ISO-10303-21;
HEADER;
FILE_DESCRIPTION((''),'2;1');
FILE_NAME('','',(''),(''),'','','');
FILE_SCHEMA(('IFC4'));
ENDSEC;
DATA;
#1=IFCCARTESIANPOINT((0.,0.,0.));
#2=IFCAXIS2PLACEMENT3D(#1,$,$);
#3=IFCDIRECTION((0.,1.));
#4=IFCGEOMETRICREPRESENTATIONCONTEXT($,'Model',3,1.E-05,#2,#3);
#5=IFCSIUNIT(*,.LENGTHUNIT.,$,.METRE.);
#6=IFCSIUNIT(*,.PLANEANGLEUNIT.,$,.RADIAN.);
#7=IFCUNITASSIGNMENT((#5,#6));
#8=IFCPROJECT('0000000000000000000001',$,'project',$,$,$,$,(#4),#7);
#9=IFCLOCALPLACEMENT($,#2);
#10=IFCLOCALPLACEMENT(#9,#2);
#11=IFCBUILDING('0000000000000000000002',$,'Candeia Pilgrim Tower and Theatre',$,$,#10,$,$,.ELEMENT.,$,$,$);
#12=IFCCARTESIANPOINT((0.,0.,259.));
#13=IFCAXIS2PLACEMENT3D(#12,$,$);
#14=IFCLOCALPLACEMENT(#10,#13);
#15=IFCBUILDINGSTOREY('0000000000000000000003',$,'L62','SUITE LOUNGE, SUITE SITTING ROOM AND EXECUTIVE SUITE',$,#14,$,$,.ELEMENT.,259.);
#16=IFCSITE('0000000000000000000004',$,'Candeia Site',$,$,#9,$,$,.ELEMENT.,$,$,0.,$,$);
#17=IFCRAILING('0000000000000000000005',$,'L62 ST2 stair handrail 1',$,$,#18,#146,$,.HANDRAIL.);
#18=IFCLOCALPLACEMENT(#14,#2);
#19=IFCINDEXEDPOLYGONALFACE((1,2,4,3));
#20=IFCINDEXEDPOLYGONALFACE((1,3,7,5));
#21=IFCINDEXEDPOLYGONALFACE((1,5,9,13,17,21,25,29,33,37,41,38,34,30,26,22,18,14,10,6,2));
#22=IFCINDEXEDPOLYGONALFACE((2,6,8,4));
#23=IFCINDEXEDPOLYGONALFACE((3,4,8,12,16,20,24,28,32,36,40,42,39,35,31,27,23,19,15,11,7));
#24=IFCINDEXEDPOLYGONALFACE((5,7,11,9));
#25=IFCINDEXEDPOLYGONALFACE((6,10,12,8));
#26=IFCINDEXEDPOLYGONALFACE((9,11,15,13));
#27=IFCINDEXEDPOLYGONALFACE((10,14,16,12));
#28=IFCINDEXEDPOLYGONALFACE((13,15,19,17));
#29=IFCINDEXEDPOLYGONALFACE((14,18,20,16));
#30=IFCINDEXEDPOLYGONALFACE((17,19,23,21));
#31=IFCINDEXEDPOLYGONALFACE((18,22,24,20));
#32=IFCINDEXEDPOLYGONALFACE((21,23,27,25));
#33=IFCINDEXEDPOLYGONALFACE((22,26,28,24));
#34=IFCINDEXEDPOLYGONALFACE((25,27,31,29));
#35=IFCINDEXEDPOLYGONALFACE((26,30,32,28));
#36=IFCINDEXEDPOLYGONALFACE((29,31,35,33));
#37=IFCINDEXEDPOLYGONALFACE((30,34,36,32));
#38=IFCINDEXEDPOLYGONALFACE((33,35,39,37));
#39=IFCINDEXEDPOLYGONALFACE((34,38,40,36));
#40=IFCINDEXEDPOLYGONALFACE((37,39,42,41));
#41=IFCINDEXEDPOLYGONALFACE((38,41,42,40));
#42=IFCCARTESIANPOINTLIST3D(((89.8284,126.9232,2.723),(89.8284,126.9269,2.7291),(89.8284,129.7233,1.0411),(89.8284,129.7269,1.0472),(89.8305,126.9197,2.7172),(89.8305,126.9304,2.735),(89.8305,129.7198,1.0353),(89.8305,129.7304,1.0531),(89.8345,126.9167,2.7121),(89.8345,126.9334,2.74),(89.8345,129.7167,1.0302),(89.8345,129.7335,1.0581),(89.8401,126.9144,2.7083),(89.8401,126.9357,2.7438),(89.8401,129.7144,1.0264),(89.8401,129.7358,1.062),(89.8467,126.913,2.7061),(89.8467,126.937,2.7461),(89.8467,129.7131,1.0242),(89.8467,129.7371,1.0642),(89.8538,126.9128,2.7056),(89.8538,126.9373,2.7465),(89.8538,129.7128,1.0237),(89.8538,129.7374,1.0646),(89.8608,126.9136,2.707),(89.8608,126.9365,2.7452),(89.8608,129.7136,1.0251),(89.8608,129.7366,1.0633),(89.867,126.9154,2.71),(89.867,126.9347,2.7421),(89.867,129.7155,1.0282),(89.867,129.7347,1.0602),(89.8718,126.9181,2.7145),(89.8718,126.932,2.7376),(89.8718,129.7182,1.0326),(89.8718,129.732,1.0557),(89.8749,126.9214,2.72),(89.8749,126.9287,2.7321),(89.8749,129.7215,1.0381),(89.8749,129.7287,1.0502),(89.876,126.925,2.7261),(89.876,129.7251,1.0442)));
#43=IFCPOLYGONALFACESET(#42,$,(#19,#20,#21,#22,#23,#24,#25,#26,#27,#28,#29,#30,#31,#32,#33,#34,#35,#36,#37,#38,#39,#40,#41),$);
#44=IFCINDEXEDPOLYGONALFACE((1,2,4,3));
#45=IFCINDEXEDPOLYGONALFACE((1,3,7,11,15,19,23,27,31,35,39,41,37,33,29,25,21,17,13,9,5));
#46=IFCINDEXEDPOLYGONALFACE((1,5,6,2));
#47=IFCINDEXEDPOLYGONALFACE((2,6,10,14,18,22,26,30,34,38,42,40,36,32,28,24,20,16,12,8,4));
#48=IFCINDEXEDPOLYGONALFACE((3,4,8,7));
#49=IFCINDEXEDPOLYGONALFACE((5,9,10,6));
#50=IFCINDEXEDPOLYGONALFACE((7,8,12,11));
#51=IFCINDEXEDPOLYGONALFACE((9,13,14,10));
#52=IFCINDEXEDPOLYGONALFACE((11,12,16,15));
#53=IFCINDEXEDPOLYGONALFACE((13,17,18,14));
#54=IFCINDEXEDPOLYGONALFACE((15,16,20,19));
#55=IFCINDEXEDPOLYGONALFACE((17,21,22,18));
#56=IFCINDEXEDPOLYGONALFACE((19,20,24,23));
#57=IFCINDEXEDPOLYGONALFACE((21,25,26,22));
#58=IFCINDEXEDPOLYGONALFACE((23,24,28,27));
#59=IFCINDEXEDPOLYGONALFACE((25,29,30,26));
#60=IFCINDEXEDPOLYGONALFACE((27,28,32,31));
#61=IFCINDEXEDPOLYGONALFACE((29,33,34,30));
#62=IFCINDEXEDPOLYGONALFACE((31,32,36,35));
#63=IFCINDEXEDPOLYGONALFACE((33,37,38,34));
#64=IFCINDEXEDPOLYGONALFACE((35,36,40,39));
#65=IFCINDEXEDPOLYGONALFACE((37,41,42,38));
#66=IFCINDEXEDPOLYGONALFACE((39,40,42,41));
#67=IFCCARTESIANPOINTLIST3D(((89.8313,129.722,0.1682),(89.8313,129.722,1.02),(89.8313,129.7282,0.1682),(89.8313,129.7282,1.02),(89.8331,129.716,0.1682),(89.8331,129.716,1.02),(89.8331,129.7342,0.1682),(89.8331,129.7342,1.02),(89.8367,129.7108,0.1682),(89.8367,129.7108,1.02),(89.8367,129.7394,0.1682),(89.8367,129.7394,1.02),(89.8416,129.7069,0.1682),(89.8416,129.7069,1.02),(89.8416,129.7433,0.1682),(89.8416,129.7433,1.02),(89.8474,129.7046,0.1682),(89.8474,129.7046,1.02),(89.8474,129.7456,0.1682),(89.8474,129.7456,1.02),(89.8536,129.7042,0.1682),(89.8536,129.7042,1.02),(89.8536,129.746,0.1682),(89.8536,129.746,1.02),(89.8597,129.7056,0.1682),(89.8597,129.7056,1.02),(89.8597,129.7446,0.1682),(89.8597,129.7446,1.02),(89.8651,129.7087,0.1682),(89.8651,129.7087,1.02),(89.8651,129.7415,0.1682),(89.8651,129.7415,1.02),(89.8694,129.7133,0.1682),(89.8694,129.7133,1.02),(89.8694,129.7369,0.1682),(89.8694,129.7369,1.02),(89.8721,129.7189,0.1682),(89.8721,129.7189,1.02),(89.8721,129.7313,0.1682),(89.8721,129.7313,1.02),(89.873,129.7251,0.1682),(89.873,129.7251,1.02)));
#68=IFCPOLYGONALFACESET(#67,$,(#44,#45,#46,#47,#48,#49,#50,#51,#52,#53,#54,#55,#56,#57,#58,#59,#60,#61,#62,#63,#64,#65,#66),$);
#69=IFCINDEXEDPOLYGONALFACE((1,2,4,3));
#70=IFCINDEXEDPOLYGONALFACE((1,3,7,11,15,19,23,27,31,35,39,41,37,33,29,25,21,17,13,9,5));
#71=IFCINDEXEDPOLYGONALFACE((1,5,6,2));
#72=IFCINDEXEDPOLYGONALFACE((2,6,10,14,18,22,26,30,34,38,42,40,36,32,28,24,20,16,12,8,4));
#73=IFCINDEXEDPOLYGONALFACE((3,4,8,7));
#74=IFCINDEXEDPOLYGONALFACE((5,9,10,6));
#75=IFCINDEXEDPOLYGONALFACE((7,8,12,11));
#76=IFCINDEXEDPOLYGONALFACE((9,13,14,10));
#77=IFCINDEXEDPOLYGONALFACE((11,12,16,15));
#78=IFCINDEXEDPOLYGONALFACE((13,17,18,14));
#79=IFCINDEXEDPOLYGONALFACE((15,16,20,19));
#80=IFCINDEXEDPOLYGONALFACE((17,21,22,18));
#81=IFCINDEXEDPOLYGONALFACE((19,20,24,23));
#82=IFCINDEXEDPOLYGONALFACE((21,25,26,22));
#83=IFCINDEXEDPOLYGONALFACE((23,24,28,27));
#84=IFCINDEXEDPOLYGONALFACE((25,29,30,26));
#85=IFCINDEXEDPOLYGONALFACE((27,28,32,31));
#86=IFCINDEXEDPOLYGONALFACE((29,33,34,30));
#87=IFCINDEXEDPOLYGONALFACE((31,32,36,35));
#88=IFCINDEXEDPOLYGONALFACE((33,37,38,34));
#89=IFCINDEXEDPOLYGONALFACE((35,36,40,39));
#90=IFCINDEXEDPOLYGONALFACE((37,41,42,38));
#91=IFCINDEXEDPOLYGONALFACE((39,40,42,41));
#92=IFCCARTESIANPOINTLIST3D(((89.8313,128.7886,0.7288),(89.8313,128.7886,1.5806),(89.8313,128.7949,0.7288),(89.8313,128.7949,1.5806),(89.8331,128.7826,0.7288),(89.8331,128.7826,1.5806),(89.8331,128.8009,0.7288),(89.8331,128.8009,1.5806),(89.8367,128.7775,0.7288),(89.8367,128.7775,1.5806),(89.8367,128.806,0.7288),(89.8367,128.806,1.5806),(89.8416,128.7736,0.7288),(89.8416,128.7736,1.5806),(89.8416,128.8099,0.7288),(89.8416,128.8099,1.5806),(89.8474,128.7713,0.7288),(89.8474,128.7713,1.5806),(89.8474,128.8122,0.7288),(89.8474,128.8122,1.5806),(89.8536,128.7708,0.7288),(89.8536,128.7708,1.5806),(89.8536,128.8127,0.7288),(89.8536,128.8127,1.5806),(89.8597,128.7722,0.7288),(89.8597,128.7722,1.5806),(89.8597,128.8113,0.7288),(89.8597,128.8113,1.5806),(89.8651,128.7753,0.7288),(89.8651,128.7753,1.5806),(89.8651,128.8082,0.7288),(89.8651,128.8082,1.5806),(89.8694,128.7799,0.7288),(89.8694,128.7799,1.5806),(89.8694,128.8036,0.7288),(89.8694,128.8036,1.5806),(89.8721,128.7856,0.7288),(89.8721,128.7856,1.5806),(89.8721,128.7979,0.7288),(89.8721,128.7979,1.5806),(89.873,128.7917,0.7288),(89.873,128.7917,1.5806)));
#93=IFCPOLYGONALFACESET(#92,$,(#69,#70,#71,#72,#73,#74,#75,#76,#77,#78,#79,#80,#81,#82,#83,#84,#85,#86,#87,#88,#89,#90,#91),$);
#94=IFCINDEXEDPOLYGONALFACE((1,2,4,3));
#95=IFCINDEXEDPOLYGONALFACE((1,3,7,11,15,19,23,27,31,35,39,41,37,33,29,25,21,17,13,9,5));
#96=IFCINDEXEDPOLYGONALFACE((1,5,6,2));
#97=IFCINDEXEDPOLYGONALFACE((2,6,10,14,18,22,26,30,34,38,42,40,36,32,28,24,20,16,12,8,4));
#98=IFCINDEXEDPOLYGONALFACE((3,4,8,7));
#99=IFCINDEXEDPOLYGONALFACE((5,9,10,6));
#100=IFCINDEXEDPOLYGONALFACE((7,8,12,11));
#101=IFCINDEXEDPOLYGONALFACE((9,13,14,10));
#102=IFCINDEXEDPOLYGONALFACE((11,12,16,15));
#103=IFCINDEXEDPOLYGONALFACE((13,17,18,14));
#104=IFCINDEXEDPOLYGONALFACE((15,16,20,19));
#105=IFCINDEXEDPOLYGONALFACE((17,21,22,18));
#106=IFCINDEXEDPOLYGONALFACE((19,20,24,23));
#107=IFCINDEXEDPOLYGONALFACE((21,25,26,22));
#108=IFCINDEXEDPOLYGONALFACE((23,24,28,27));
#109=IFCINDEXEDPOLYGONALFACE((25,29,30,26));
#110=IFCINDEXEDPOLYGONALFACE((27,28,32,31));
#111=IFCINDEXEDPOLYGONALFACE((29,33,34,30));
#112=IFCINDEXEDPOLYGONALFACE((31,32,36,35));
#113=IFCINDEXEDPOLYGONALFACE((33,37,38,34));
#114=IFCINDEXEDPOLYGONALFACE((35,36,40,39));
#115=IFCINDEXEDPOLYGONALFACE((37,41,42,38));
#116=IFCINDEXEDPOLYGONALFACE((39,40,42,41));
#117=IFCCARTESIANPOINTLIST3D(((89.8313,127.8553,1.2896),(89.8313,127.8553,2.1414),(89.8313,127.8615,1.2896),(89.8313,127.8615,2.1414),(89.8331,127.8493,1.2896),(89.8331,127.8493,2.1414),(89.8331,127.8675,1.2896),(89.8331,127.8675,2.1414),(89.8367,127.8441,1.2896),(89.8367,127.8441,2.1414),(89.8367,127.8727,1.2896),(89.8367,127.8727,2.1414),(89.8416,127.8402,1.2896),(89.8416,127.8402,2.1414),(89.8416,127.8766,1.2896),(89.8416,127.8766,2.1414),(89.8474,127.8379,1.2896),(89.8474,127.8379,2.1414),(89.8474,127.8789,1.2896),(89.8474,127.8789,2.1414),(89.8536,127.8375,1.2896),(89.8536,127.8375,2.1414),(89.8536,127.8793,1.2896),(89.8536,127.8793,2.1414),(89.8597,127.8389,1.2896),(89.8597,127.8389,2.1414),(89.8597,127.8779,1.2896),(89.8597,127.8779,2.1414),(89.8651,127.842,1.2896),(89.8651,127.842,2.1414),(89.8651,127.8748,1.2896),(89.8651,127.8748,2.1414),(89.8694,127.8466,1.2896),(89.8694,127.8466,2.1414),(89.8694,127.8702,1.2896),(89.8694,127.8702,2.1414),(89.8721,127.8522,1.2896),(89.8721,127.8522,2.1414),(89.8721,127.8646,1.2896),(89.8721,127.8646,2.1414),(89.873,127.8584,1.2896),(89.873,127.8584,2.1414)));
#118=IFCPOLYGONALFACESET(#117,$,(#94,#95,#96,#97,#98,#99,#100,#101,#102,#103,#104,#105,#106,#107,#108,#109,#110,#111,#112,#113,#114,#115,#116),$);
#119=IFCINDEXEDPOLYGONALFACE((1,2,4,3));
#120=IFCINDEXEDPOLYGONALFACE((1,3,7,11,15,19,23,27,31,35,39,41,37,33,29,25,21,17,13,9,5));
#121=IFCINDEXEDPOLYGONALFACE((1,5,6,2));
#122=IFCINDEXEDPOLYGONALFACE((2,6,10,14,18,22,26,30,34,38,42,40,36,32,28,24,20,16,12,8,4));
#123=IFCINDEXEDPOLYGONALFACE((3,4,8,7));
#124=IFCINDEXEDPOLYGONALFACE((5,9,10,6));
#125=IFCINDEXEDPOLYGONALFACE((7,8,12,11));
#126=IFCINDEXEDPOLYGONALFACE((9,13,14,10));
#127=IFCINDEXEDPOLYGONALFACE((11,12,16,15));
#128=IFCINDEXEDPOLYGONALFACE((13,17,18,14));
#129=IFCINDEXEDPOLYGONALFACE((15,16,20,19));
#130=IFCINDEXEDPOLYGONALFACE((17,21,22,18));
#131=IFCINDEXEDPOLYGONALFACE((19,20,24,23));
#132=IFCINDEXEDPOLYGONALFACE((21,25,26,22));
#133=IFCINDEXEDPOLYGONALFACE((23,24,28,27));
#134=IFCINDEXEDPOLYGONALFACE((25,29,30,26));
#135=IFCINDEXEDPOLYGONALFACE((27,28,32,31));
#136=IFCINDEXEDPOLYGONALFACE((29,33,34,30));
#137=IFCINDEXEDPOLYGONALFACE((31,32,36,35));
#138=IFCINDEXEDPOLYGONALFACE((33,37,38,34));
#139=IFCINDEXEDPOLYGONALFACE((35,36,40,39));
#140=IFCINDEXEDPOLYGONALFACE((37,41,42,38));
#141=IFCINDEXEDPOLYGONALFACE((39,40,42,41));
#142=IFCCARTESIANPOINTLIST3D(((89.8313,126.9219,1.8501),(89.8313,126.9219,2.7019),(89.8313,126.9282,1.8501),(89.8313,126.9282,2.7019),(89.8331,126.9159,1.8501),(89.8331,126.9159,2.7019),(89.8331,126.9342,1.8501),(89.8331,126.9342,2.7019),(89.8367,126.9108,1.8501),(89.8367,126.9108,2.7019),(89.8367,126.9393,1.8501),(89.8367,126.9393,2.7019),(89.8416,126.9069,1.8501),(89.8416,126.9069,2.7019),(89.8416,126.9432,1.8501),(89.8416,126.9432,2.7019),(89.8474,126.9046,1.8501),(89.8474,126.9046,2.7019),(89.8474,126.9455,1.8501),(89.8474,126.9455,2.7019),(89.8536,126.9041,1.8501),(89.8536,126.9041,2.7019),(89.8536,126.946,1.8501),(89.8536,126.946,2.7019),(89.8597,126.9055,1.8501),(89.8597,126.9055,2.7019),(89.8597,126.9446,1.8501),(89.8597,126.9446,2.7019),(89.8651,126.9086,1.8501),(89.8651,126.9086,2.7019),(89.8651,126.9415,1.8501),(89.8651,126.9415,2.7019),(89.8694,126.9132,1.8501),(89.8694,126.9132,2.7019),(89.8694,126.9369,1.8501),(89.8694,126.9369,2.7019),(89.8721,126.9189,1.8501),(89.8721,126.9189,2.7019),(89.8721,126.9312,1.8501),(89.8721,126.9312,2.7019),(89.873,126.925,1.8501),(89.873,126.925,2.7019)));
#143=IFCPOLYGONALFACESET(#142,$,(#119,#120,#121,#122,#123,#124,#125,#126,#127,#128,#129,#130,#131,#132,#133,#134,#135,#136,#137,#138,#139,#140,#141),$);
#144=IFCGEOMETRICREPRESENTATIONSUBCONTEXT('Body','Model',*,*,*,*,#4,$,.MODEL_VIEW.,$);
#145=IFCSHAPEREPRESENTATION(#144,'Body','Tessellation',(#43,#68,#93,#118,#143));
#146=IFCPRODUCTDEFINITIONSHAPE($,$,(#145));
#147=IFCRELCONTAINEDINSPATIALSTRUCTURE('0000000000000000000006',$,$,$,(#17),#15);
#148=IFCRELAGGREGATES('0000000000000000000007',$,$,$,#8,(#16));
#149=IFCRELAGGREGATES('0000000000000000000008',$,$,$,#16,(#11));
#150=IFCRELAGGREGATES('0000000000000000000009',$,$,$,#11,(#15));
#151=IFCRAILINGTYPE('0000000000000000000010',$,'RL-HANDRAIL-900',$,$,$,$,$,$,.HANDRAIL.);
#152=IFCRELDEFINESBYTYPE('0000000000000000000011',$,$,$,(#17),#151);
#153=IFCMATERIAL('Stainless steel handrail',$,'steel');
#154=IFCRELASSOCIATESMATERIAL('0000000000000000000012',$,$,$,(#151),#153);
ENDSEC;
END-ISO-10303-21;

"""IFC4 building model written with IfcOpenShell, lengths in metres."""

from ifc_helpers import new_model, si_unit, direction, frame, origin, origin_2d, place, context, subcontext, project, spatial, circle, extrude, material, type_object, element, save


model = new_model("IFC4")

# Units and contexts
model_context = context("Model", 3, precision=1e-05, world=origin(), true_north=direction((0.0, 1.0)))
body_context = subcontext(model_context, "Body", "Model", "MODEL_VIEW")
ifc_project = project(units=[si_unit("LENGTHUNIT", "METRE"), si_unit("PLANEANGLEUNIT", "RADIAN")], contexts=[model_context])

# Site, building, storey
site_placement = place(None, origin())
site = spatial("IfcSite", under=ifc_project, at=site_placement, Name="Candeia Site", CompositionType="ELEMENT", RefElevation=0.0)
building_placement = place(site_placement, origin())
building = spatial("IfcBuilding", under=site, at=building_placement, Name="Candeia Pilgrim Tower and Theatre", CompositionType="ELEMENT")
storey_placement = place(building_placement, frame((0.0, 0.0, 259.0)))
storey = spatial("IfcBuildingStorey", under=building, at=storey_placement, Name="L62", Description="SUITE LOUNGE, SUITE SITTING ROOM AND EXECUTIVE SUITE", CompositionType="ELEMENT", Elevation=259.0)

# Railing
ifc_material_1 = material(Name="Stainless steel handrail", Category="steel")
railing_type_1 = type_object("IfcRailingType", Name="RL-HANDRAIL-900", PredefinedType="HANDRAIL", material=ifc_material_1)
for number, where, name in (
    (1, (89.8521, 129.7251, 0.1682), "L62 ST2 stair handrail 1"),
):
    element("IfcRailing", number, at=place(storey_placement, frame(where)), inside=storey, type_object=railing_type_1, Name=name, PredefinedType="HANDRAIL", context=body_context, shape_type="SweptSolid", body=[
        extrude(circle(Radius=0.0239, at=origin_2d()), frame((0.0, 0.0, 0.876), z_axis=(0.0, -0.857242, 0.514913), x_axis=(1.0, 0.0, 0.0)), (0.0, 0.0, 1.0), 3.2664),
        extrude(circle(Radius=0.021, at=origin_2d()), origin(), (0.0, 0.0, 1.0), 0.8518),
        extrude(circle(Radius=0.021, at=origin_2d()), frame((0.0, -0.9333, 0.5605)), (0.0, 0.0, 1.0), 0.8518),
        extrude(circle(Radius=0.021, at=origin_2d()), frame((0.0, -1.8667, 1.1213)), (0.0, 0.0, 1.0), 0.8518),
        extrude(circle(Radius=0.021, at=origin_2d()), frame((0.0, -2.8, 1.6819)), (0.0, 0.0, 1.0), 0.8518),
    ])

save(model, "model.ifc")
